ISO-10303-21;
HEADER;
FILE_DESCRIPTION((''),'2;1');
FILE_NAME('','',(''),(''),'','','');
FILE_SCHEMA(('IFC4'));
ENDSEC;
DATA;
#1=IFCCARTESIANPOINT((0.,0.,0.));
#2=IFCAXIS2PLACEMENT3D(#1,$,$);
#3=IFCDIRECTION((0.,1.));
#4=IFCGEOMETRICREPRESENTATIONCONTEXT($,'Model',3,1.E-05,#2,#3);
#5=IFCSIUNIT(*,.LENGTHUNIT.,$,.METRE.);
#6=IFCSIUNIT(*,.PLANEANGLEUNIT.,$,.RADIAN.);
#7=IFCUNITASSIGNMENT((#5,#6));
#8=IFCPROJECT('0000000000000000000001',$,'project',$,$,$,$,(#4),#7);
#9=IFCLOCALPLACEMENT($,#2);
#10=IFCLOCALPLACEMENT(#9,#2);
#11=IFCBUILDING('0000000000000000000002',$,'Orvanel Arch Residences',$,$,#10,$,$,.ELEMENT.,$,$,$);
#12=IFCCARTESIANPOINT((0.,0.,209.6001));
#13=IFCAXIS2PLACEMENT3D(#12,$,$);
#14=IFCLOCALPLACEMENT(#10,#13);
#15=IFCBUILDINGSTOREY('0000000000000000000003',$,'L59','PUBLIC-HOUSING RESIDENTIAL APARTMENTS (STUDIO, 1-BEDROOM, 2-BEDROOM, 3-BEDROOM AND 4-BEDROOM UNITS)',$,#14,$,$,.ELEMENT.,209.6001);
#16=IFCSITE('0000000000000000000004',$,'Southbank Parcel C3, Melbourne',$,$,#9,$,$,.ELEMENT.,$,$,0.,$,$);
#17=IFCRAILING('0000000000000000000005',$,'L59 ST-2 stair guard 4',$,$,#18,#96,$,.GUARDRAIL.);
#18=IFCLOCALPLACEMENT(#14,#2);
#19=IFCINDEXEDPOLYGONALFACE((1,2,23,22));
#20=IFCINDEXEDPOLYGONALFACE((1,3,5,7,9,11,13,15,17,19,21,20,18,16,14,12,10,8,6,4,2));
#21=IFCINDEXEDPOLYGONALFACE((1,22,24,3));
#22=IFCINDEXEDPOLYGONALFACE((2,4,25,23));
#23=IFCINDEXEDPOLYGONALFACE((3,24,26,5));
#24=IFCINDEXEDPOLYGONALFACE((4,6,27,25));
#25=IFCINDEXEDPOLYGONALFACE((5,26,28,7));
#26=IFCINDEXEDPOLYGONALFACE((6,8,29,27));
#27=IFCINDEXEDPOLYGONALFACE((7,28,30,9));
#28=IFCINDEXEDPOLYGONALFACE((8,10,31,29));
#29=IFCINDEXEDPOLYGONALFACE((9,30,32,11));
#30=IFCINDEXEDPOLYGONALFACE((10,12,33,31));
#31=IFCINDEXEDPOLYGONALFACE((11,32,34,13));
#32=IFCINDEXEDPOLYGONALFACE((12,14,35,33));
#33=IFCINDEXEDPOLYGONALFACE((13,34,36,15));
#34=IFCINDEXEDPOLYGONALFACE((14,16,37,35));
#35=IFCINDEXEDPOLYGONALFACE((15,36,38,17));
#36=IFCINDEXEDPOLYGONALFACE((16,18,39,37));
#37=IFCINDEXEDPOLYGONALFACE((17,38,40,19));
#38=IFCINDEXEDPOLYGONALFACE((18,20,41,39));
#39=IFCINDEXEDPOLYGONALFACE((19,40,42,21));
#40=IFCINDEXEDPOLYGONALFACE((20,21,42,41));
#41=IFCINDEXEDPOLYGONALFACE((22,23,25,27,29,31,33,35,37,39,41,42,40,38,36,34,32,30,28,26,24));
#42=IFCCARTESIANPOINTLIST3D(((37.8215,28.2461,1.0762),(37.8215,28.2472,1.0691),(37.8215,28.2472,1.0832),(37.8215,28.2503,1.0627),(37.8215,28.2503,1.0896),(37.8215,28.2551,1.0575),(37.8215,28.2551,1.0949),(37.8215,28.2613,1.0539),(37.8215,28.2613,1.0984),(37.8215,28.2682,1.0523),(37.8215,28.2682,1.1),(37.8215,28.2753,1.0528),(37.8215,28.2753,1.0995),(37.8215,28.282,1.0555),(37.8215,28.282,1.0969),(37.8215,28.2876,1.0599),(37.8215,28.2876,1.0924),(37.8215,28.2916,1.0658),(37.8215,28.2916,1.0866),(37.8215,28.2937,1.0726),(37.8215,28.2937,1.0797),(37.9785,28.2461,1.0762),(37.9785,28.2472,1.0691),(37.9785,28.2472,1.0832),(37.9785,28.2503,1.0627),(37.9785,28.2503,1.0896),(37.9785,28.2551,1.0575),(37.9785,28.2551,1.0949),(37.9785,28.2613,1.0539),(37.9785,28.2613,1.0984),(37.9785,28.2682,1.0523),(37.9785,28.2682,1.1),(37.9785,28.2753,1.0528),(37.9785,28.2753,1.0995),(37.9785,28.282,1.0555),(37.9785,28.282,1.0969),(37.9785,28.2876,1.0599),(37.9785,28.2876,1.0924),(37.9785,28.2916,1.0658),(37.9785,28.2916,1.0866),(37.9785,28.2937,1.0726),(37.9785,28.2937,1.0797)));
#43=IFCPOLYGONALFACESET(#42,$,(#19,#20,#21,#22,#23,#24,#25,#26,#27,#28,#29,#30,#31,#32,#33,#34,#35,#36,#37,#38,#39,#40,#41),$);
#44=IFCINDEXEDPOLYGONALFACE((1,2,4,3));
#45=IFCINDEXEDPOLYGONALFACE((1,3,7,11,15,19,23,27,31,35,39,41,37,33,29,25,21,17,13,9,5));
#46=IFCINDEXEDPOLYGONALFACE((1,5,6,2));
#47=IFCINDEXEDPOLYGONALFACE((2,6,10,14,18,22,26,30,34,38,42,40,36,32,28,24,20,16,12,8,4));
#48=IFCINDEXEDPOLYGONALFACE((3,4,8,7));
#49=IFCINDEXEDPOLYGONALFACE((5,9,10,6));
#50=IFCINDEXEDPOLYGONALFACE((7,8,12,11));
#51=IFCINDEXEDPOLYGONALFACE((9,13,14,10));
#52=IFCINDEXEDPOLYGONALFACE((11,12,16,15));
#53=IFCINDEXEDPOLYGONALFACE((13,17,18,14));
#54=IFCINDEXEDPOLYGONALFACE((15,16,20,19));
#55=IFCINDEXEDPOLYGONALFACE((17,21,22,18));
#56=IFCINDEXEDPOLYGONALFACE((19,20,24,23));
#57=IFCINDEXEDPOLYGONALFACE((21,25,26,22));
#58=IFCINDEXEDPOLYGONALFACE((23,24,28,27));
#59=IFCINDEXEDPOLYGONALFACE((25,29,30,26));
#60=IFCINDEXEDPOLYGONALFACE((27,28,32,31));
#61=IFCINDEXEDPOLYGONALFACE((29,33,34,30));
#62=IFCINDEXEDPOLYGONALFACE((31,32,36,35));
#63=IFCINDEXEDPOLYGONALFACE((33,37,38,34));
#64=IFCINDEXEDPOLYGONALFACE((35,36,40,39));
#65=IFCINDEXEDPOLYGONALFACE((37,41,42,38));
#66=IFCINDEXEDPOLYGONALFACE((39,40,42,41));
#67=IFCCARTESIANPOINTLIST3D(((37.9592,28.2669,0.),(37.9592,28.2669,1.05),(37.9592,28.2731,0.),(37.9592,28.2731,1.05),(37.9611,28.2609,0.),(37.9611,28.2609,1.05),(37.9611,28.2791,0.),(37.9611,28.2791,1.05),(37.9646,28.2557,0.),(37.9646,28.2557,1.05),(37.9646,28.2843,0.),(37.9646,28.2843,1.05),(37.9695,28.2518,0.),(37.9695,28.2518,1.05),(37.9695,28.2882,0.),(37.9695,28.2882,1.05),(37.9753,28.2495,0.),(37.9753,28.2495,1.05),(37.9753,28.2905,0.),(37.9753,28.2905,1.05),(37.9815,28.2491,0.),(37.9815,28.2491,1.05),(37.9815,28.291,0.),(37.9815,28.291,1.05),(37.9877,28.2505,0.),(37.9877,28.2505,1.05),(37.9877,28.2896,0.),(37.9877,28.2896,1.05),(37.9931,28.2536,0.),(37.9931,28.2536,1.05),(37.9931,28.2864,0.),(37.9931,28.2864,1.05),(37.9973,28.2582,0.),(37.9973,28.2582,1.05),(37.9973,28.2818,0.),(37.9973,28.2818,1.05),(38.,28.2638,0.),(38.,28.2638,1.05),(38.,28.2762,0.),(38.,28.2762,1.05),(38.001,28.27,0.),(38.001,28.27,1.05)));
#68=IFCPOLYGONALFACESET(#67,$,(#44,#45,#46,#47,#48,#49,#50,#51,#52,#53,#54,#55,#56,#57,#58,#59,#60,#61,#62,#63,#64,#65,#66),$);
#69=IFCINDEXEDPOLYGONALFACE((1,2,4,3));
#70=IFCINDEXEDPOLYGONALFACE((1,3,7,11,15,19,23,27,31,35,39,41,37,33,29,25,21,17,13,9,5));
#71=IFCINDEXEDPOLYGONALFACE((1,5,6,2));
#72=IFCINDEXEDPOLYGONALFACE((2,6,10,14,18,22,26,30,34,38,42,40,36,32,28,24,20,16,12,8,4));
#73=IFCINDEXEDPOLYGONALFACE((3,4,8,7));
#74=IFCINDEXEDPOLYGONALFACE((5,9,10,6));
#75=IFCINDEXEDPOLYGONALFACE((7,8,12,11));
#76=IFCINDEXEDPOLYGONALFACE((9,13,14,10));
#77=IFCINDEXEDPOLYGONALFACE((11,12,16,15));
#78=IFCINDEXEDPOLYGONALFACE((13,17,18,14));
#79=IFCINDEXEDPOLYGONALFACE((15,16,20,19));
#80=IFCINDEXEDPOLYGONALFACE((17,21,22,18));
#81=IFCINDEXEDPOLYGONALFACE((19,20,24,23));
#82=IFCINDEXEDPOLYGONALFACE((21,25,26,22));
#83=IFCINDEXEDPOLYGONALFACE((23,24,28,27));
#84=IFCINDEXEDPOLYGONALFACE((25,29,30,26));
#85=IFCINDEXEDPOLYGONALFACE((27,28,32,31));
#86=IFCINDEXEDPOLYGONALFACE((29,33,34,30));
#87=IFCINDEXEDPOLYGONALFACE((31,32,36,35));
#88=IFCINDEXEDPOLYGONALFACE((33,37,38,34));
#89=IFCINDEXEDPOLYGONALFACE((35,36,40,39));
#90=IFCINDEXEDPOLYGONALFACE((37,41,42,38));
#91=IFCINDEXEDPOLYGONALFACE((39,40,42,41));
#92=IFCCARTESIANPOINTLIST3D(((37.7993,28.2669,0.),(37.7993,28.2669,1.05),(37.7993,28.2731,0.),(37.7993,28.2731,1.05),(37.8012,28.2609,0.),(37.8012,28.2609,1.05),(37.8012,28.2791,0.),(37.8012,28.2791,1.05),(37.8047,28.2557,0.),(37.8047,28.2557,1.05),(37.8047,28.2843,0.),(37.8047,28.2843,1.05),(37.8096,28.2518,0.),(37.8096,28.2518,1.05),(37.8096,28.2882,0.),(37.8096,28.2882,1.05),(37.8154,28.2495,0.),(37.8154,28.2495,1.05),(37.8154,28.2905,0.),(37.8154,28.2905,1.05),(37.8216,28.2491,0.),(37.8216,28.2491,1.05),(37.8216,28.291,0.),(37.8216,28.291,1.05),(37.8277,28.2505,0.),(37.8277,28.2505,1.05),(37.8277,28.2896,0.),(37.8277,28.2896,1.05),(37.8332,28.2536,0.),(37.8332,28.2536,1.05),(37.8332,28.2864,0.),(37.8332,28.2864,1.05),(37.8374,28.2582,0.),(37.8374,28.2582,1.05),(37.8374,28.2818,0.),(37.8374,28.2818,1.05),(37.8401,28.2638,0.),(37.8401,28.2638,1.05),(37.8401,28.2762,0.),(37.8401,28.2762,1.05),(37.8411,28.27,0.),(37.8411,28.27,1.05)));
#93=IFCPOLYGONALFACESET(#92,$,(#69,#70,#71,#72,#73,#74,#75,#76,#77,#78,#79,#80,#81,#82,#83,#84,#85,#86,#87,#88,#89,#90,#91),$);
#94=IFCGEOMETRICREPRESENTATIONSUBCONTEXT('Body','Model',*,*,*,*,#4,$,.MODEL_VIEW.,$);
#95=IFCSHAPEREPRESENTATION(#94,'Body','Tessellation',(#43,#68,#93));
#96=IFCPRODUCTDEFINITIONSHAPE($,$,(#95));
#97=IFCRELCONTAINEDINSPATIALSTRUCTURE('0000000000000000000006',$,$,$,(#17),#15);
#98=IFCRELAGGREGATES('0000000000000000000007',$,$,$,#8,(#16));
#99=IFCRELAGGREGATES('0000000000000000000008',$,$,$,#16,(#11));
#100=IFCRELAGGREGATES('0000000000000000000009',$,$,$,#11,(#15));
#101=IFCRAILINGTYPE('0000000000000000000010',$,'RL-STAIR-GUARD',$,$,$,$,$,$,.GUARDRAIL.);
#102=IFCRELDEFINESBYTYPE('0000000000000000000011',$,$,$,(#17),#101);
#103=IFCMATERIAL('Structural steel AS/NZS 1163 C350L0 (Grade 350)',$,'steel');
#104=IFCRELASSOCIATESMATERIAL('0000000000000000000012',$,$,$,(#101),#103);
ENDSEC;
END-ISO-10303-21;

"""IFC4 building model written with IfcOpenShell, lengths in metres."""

from ifc_helpers import new_model, si_unit, direction, frame, origin, origin_2d, place, context, subcontext, project, spatial, circle, extrude, material, type_object, element, save


model = new_model("IFC4")

# Units and contexts
model_context = context("Model", 3, precision=1e-05, world=origin(), true_north=direction((0.0, 1.0)))
body_context = subcontext(model_context, "Body", "Model", "MODEL_VIEW")
ifc_project = project(units=[si_unit("LENGTHUNIT", "METRE"), si_unit("PLANEANGLEUNIT", "RADIAN")], contexts=[model_context])

# Site, building, storey
site_placement = place(None, origin())
site = spatial("IfcSite", under=ifc_project, at=site_placement, Name="Southbank Parcel C3, Melbourne", CompositionType="ELEMENT", RefElevation=0.0)
building_placement = place(site_placement, origin())
building = spatial("IfcBuilding", under=site, at=building_placement, Name="Orvanel Arch Residences", CompositionType="ELEMENT")
storey_placement = place(building_placement, frame((0.0, 0.0, 209.6001)))
storey = spatial("IfcBuildingStorey", under=building, at=storey_placement, Name="L59", Description="PUBLIC-HOUSING RESIDENTIAL APARTMENTS (STUDIO, 1-BEDROOM, 2-BEDROOM, 3-BEDROOM AND 4-BEDROOM UNITS)", CompositionType="ELEMENT", Elevation=209.6001)

# Railing
ifc_material_1 = material(Name="Structural steel AS/NZS 1163 C350L0 (Grade 350)", Category="steel")
railing_type_1 = type_object("IfcRailingType", Name="RL-STAIR-GUARD", PredefinedType="GUARDRAIL", material=ifc_material_1)
railing_1_placement = place(storey_placement, frame((37.98, 28.27, 0.0)))
element("IfcRailing", 1, at=railing_1_placement, inside=storey, type_object=railing_type_1, Name="L59 ST-2 stair guard 4", PredefinedType="GUARDRAIL", context=body_context, shape_type="SweptSolid", body=[
    extrude(circle(Radius=0.0239, at=origin_2d()), frame((-0.0015, 0.0, 1.0762), z_axis=(-1.0, 0.0, 0.0), x_axis=(0.0, -1.0, 0.0)), (0.0, 0.0, 1.0), 0.157),
    extrude(circle(Radius=0.021, at=origin_2d()), origin(), (0.0, 0.0, 1.0), 1.05),
    extrude(circle(Radius=0.021, at=origin_2d()), frame((-0.1599, 0.0, 0.0)), (0.0, 0.0, 1.0), 1.05),
])

save(model, "model.ifc")
